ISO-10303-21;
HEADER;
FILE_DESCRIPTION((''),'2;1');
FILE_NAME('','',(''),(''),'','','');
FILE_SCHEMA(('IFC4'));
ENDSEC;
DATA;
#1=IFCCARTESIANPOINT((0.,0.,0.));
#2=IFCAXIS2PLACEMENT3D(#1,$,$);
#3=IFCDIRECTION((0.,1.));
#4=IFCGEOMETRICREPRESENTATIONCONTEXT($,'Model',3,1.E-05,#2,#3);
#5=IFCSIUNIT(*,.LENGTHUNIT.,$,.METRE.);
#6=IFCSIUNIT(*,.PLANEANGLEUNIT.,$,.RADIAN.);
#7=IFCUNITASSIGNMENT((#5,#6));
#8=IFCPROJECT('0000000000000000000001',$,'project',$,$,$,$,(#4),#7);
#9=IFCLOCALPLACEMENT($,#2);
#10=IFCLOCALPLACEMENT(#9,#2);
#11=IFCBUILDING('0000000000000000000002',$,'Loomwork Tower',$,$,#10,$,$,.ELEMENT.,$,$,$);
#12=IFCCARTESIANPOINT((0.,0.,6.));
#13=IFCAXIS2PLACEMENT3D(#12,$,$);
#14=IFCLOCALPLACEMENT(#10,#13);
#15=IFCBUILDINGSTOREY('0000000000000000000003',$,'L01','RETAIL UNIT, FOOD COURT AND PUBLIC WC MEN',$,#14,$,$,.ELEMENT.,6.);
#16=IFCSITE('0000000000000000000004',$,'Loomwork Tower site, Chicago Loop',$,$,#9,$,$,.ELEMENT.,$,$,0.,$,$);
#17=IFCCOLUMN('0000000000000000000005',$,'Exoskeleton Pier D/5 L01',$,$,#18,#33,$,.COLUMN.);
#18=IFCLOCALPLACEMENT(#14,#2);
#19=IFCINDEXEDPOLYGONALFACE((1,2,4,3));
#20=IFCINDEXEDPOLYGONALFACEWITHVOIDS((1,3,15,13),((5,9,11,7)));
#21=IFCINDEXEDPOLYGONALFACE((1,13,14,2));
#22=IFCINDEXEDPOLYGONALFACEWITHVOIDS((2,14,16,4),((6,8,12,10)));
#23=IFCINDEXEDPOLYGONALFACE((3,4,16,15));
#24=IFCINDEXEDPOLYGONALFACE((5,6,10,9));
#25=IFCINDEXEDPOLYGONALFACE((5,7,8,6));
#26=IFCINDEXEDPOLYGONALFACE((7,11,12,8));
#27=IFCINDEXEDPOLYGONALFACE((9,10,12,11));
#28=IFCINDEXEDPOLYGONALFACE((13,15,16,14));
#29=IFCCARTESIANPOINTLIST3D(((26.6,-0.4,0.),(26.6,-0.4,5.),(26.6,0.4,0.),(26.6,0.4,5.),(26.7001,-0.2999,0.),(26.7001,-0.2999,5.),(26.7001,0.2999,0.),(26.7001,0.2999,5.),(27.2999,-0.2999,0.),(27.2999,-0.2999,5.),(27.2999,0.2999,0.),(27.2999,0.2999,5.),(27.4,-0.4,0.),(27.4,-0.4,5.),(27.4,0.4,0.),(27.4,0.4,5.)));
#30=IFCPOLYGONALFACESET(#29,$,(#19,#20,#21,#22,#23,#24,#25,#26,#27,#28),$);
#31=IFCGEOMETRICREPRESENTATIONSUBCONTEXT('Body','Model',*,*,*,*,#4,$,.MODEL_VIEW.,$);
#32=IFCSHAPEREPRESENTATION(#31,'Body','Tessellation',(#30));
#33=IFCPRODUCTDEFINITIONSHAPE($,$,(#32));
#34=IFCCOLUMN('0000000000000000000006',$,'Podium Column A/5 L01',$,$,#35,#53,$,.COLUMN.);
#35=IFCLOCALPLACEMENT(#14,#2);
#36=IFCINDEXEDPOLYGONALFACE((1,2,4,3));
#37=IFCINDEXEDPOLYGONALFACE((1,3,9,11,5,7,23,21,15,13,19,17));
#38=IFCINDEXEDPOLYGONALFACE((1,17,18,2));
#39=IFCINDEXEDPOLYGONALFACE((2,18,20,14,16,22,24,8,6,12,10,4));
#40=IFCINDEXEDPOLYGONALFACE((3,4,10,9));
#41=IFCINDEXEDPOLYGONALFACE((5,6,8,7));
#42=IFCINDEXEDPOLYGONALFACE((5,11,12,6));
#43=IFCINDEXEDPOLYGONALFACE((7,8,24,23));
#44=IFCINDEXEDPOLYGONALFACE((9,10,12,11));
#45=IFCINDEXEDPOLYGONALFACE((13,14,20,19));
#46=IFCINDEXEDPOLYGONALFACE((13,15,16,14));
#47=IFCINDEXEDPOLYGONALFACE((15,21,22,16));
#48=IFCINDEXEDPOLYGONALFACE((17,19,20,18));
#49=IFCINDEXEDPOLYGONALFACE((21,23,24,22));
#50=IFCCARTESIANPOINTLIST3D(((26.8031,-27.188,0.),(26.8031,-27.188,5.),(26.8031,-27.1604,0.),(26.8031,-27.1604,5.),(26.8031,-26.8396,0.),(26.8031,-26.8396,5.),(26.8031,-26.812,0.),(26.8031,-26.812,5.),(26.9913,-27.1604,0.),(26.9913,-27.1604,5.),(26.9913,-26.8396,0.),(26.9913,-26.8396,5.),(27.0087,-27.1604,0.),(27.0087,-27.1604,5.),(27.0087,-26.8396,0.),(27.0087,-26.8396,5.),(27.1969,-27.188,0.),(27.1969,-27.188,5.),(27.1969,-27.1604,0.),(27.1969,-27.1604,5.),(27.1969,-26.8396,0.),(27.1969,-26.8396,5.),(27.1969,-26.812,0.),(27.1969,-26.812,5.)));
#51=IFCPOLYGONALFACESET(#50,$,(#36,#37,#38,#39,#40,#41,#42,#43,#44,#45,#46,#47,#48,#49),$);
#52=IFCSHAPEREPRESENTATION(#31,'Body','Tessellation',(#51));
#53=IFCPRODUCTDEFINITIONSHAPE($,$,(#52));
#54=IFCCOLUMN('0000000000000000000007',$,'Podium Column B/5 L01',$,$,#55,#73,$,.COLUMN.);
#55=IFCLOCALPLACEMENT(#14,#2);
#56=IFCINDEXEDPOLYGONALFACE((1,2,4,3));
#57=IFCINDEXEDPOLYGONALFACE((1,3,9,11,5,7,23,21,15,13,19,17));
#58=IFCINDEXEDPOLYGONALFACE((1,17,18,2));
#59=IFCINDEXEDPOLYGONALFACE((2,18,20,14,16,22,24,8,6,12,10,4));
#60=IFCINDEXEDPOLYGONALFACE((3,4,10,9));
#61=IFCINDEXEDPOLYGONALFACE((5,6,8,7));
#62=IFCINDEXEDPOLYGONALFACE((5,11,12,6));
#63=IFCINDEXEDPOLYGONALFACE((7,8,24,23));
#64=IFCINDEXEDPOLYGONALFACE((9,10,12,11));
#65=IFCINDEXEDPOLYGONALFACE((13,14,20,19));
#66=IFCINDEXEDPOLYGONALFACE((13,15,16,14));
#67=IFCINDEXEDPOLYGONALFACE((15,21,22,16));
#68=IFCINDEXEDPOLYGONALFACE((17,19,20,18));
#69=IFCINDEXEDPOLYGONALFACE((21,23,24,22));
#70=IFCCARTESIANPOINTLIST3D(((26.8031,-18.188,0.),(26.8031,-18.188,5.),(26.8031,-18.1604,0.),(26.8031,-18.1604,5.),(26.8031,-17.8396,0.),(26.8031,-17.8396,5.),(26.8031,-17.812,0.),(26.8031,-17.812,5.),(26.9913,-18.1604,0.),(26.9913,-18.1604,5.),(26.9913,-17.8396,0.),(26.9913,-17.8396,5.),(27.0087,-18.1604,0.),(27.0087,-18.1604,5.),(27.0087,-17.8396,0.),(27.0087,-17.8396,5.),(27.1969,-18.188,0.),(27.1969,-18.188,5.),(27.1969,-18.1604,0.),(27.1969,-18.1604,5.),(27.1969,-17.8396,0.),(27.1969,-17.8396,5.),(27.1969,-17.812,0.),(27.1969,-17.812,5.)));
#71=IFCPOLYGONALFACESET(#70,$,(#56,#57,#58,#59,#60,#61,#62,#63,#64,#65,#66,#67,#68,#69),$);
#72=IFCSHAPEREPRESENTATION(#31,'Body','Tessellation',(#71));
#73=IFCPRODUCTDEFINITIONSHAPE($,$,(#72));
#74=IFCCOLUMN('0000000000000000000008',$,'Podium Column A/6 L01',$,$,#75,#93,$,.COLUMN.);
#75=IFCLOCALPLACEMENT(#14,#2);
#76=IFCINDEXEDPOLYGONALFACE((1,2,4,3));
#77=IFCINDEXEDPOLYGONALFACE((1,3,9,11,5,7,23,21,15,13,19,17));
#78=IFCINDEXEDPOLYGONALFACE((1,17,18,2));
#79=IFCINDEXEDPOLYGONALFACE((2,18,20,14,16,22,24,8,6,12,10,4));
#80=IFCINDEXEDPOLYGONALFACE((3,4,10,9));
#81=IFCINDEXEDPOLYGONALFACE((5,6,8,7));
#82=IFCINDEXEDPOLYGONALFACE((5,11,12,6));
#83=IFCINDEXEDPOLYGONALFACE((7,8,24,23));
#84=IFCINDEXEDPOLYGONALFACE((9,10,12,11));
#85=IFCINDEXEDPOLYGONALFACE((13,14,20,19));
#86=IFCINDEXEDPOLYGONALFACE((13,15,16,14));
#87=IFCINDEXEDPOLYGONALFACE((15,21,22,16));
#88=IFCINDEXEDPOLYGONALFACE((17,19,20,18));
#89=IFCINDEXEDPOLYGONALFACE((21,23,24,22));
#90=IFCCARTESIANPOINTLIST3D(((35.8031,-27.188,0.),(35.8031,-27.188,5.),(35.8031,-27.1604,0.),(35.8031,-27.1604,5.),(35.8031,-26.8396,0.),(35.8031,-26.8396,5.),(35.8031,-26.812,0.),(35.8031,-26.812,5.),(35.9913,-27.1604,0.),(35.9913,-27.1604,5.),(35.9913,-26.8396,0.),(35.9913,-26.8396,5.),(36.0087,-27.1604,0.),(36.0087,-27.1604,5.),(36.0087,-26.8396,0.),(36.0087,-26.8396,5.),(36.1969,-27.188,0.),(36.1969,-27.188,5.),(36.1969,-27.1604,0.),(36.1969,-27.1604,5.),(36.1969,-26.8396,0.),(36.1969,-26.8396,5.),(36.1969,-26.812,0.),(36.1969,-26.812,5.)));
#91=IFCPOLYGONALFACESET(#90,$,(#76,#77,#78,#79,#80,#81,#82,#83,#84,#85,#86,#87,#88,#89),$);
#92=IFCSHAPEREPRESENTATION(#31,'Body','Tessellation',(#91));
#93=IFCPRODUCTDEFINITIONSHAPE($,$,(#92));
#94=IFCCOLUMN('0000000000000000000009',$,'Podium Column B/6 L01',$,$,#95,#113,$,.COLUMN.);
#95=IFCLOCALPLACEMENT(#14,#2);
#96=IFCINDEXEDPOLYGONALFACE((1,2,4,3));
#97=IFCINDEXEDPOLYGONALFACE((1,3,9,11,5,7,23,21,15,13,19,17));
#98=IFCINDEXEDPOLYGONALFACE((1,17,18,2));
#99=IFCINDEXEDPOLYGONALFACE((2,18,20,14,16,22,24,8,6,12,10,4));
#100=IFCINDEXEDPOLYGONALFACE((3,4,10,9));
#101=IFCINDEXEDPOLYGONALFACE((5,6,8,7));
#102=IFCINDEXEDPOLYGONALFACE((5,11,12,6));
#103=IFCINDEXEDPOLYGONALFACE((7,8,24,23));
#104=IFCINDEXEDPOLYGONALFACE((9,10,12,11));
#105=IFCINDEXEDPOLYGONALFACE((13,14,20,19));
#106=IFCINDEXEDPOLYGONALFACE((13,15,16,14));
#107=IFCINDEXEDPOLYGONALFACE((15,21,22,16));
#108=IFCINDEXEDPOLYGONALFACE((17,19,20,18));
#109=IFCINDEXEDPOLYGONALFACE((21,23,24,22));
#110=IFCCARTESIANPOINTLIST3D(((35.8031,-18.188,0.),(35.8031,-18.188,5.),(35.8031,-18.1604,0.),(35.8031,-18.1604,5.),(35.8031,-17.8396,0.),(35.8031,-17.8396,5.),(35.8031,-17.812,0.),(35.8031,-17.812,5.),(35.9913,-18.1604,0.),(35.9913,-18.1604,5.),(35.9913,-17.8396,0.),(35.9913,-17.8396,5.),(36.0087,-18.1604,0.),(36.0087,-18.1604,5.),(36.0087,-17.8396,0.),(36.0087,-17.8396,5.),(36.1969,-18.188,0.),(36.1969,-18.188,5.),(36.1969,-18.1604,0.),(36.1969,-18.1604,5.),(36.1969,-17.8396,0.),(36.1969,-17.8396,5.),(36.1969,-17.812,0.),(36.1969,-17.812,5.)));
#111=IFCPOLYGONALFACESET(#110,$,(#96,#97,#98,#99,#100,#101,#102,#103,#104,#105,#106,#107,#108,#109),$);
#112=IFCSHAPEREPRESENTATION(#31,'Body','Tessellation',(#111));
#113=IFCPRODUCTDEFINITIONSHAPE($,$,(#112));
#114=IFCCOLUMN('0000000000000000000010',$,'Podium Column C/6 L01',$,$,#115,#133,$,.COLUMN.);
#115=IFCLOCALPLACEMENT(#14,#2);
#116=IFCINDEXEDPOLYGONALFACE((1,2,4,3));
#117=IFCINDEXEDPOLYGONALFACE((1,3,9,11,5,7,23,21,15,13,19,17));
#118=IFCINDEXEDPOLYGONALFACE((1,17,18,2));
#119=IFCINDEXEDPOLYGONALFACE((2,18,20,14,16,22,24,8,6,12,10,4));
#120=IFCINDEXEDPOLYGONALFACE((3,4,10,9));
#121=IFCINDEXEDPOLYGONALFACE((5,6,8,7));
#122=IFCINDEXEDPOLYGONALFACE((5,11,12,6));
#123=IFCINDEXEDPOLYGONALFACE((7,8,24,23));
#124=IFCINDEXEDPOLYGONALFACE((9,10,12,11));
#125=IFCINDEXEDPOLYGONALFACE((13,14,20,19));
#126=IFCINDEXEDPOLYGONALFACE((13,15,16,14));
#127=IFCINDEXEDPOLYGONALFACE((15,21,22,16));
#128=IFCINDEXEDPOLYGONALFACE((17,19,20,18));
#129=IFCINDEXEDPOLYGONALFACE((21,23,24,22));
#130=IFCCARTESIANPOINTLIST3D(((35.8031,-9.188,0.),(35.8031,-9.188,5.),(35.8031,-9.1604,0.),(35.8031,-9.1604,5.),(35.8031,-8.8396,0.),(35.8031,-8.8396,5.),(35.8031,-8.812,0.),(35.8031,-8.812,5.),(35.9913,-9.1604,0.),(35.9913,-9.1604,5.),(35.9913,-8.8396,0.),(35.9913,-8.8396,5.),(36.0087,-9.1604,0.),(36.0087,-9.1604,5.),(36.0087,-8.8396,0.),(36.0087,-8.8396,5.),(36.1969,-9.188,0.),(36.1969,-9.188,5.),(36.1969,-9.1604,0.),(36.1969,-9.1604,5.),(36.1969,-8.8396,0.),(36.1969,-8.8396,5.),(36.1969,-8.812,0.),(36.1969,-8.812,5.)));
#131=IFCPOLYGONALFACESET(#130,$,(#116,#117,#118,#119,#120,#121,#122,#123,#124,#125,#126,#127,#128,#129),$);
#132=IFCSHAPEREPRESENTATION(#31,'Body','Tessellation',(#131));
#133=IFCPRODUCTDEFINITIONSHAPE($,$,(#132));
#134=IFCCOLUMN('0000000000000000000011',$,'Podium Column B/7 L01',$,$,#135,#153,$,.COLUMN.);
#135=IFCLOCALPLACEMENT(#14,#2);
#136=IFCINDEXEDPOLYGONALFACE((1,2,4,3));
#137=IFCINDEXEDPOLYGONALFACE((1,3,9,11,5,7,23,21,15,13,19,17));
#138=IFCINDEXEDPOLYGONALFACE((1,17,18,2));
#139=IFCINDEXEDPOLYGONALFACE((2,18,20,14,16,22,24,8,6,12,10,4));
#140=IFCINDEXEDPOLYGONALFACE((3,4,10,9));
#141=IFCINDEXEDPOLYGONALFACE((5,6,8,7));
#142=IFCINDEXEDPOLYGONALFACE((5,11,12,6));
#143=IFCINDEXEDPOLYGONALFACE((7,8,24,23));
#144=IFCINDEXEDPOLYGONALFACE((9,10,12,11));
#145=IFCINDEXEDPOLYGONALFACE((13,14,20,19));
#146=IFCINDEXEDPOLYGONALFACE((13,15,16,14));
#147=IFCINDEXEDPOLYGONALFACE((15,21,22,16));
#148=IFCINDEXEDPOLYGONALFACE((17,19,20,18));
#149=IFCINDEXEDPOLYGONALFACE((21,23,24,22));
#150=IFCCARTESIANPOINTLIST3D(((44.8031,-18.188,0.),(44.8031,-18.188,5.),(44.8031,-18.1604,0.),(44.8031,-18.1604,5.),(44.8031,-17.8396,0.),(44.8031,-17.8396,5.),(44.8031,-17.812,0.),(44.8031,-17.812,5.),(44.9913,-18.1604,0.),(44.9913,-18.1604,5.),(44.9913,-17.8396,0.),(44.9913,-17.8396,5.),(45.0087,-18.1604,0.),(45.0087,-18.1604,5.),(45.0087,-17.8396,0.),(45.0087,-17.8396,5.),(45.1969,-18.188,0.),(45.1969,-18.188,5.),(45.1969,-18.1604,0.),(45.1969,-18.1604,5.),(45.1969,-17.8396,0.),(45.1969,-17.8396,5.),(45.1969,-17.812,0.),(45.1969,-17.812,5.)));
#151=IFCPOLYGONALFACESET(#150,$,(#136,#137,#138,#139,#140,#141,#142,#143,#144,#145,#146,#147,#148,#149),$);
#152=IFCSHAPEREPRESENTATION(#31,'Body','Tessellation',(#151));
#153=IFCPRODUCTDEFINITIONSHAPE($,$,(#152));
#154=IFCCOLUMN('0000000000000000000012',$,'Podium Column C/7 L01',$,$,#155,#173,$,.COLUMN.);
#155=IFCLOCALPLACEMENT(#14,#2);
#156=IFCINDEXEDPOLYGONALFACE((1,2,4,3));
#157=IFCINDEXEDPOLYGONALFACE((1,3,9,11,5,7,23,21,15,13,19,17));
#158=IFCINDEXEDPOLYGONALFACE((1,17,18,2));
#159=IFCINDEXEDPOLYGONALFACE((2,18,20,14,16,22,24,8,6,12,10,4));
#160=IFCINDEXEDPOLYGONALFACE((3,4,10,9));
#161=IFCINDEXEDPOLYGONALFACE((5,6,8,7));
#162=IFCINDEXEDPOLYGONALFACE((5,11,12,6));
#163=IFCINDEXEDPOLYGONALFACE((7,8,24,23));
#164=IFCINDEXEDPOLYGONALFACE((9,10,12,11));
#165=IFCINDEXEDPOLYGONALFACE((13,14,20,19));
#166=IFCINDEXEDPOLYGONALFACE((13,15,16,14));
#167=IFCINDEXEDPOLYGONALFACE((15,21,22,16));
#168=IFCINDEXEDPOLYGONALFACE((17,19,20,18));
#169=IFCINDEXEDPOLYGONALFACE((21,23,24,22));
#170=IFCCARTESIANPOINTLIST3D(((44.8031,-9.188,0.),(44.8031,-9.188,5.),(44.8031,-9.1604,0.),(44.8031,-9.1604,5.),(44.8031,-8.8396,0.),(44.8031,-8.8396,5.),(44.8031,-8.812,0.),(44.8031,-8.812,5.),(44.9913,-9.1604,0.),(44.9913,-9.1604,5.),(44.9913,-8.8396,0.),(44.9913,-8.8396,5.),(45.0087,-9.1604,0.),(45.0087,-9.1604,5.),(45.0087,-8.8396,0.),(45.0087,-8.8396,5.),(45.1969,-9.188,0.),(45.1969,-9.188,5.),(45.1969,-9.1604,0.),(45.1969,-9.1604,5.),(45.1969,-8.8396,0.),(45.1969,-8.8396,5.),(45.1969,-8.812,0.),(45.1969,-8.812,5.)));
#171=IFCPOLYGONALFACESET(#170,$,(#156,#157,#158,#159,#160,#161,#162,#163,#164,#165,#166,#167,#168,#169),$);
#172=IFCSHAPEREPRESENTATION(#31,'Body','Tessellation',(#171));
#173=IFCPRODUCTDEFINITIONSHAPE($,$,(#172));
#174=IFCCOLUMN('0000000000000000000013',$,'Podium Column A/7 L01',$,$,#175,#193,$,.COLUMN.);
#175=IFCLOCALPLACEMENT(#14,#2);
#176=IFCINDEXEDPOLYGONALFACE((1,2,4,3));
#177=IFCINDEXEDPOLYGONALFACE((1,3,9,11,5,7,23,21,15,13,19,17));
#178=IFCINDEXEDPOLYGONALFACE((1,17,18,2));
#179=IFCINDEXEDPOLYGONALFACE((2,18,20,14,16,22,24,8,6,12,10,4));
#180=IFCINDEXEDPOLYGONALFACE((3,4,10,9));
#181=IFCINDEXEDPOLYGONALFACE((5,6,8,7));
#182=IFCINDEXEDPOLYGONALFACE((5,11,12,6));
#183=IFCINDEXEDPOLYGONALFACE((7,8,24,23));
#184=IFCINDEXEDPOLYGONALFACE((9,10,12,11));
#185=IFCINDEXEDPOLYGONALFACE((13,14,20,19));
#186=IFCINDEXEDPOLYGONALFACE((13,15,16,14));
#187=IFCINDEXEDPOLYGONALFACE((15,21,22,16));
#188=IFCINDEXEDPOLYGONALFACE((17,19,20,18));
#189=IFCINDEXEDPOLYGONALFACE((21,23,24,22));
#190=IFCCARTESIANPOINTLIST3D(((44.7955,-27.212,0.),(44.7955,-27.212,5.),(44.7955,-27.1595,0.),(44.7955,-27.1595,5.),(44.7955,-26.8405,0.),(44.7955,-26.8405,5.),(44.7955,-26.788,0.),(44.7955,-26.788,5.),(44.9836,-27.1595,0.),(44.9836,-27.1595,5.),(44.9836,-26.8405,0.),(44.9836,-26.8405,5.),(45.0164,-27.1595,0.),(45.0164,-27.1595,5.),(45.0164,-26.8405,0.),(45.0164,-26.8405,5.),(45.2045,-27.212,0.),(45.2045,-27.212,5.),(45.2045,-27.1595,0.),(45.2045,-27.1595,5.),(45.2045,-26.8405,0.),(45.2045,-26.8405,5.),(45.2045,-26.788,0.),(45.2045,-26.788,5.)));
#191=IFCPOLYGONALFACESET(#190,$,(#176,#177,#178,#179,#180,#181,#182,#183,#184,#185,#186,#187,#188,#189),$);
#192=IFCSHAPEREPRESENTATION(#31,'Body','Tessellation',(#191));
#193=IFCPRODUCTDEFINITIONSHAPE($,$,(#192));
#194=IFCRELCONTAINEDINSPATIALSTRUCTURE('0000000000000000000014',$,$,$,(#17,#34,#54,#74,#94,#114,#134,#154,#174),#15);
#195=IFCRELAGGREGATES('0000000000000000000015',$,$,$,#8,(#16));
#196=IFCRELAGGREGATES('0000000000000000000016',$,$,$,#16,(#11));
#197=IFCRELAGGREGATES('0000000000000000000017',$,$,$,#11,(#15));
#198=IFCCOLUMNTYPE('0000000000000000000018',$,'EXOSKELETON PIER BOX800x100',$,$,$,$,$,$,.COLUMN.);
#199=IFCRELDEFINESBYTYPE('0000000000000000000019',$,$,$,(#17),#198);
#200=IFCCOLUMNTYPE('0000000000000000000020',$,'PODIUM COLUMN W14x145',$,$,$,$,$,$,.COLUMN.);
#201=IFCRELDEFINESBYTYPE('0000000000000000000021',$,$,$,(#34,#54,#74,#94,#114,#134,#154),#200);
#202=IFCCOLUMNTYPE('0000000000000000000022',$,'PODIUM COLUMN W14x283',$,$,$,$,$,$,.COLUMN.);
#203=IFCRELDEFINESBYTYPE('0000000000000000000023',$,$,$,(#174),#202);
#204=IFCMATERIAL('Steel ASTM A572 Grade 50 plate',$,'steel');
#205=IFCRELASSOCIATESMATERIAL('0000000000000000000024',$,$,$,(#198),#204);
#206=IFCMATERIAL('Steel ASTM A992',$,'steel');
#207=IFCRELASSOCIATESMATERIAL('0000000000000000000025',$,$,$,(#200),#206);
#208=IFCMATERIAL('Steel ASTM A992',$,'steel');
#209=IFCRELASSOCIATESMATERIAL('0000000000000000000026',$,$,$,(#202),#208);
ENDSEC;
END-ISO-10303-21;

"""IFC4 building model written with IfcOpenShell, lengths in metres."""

from ifc_helpers import new_model, si_unit, direction, frame, origin, origin_2d, place, context, subcontext, project, spatial, hollow_rectangle, i_section, extrude, material, material_profile, profile_set, type_object, element, save


model = new_model("IFC4")

# Units and contexts
model_context = context("Model", 3, precision=1e-05, world=origin(), true_north=direction((0.0, 1.0)))
body_context = subcontext(model_context, "Body", "Model", "MODEL_VIEW")
ifc_project = project(units=[si_unit("LENGTHUNIT", "METRE"), si_unit("PLANEANGLEUNIT", "RADIAN")], contexts=[model_context])

# Site, building, storey
site_placement = place(None, origin())
site = spatial("IfcSite", under=ifc_project, at=site_placement, Name="Loomwork Tower site, Chicago Loop", CompositionType="ELEMENT", RefElevation=0.0)
building_placement = place(site_placement, origin())
building = spatial("IfcBuilding", under=site, at=building_placement, Name="Loomwork Tower", CompositionType="ELEMENT")
storey_placement = place(building_placement, frame((0.0, 0.0, 6.0)))
storey = spatial("IfcBuildingStorey", under=building, at=storey_placement, Name="L01", Description="RETAIL UNIT, FOOD COURT AND PUBLIC WC MEN", CompositionType="ELEMENT", Elevation=6.0)

# Columns
ifc_material_1 = material(Name="Steel ASTM A572 Grade 50 plate", Category="steel")
ifc_material_profile_1 = material_profile(ifc_material_1, hollow_rectangle(XDim=0.8, YDim=0.8, WallThickness=0.1001, at=origin_2d()), Name="BOX800x100")
ifc_profile_set_1 = profile_set([ifc_material_profile_1], Name="Steel ASTM A572 Grade 50 plate")
column_type_1 = type_object("IfcColumnType", Name="EXOSKELETON PIER BOX800x100", PredefinedType="COLUMN", material=ifc_profile_set_1)
column_1_placement = place(storey_placement, frame((27.0, 0.0, 0.0), z_axis=(0.0, 0.0, 1.0), x_axis=(1.0, 0.0, 0.0)))
element("IfcColumn", 1, at=column_1_placement, inside=storey, type_object=column_type_1, Name="Exoskeleton Pier D/5 L01", PredefinedType="COLUMN", context=body_context, shape_type="SweptSolid", body=[
    extrude(hollow_rectangle(XDim=0.8, YDim=0.8, WallThickness=0.1001, at=origin_2d()), origin(), (0.0, 0.0, 1.0), 5.0),
])
ifc_material_2 = material(Name="Steel ASTM A992", Category="steel")
ifc_material_profile_2 = material_profile(ifc_material_2, i_section(OverallWidth=0.3938, OverallDepth=0.376, WebThickness=0.0173, FlangeThickness=0.0276, at=origin_2d()), Name="W14x145")
ifc_profile_set_2 = profile_set([ifc_material_profile_2], Name="Steel ASTM A992")
column_type_2 = type_object("IfcColumnType", Name="PODIUM COLUMN W14x145", PredefinedType="COLUMN", material=ifc_profile_set_2)
for number, where, z_axis, x_axis, name in (
    (2, (27.0, -27.0, 0.0), (0.0, 0.0, 1.0), (1.0, 0.0, 0.0), "Podium Column A/5 L01"),
    (3, (27.0, -18.0, 0.0), (0.0, 0.0, 1.0), (1.0, 0.0, 0.0), "Podium Column B/5 L01"),
    (4, (36.0, -27.0, 0.0), (0.0, 0.0, 1.0), (1.0, 0.0, 0.0), "Podium Column A/6 L01"),
    (5, (36.0, -18.0, 0.0), (0.0, 0.0, 1.0), (1.0, 0.0, 0.0), "Podium Column B/6 L01"),
    (6, (36.0, -9.0, 0.0), (0.0, 0.0, 1.0), (1.0, 0.0, 0.0), "Podium Column C/6 L01"),
    (7, (45.0, -18.0, 0.0), (0.0, 0.0, 1.0), (1.0, 0.0, 0.0), "Podium Column B/7 L01"),
    (8, (45.0, -9.0, 0.0), (0.0, 0.0, 1.0), (1.0, 0.0, 0.0), "Podium Column C/7 L01"),
):
    element("IfcColumn", number, at=place(storey_placement, frame(where, z_axis=z_axis, x_axis=x_axis)), inside=storey, type_object=column_type_2, Name=name, PredefinedType="COLUMN", context=body_context, shape_type="SweptSolid", body=[
        extrude(i_section(OverallWidth=0.3938, OverallDepth=0.376, WebThickness=0.0173, FlangeThickness=0.0276, at=origin_2d()), origin(), (0.0, 0.0, 1.0), 5.0),
    ])
ifc_material_3 = material(Name="Steel ASTM A992", Category="steel")
ifc_material_profile_3 = material_profile(ifc_material_3, i_section(OverallWidth=0.4089, OverallDepth=0.4241, WebThickness=0.0327, FlangeThickness=0.0525, at=origin_2d()), Name="W14x283")
ifc_profile_set_3 = profile_set([ifc_material_profile_3], Name="Steel ASTM A992")
column_type_3 = type_object("IfcColumnType", Name="PODIUM COLUMN W14x283", PredefinedType="COLUMN", material=ifc_profile_set_3)
column_2_placement = place(storey_placement, frame((45.0, -27.0, 0.0), z_axis=(0.0, 0.0, 1.0), x_axis=(1.0, 0.0, 0.0)))
element("IfcColumn", 9, at=column_2_placement, inside=storey, type_object=column_type_3, Name="Podium Column A/7 L01", PredefinedType="COLUMN", context=body_context, shape_type="SweptSolid", body=[
    extrude(i_section(OverallWidth=0.4089, OverallDepth=0.4241, WebThickness=0.0327, FlangeThickness=0.0525, at=origin_2d()), origin(), (0.0, 0.0, 1.0), 5.0),
])

save(model, "model.ifc")
